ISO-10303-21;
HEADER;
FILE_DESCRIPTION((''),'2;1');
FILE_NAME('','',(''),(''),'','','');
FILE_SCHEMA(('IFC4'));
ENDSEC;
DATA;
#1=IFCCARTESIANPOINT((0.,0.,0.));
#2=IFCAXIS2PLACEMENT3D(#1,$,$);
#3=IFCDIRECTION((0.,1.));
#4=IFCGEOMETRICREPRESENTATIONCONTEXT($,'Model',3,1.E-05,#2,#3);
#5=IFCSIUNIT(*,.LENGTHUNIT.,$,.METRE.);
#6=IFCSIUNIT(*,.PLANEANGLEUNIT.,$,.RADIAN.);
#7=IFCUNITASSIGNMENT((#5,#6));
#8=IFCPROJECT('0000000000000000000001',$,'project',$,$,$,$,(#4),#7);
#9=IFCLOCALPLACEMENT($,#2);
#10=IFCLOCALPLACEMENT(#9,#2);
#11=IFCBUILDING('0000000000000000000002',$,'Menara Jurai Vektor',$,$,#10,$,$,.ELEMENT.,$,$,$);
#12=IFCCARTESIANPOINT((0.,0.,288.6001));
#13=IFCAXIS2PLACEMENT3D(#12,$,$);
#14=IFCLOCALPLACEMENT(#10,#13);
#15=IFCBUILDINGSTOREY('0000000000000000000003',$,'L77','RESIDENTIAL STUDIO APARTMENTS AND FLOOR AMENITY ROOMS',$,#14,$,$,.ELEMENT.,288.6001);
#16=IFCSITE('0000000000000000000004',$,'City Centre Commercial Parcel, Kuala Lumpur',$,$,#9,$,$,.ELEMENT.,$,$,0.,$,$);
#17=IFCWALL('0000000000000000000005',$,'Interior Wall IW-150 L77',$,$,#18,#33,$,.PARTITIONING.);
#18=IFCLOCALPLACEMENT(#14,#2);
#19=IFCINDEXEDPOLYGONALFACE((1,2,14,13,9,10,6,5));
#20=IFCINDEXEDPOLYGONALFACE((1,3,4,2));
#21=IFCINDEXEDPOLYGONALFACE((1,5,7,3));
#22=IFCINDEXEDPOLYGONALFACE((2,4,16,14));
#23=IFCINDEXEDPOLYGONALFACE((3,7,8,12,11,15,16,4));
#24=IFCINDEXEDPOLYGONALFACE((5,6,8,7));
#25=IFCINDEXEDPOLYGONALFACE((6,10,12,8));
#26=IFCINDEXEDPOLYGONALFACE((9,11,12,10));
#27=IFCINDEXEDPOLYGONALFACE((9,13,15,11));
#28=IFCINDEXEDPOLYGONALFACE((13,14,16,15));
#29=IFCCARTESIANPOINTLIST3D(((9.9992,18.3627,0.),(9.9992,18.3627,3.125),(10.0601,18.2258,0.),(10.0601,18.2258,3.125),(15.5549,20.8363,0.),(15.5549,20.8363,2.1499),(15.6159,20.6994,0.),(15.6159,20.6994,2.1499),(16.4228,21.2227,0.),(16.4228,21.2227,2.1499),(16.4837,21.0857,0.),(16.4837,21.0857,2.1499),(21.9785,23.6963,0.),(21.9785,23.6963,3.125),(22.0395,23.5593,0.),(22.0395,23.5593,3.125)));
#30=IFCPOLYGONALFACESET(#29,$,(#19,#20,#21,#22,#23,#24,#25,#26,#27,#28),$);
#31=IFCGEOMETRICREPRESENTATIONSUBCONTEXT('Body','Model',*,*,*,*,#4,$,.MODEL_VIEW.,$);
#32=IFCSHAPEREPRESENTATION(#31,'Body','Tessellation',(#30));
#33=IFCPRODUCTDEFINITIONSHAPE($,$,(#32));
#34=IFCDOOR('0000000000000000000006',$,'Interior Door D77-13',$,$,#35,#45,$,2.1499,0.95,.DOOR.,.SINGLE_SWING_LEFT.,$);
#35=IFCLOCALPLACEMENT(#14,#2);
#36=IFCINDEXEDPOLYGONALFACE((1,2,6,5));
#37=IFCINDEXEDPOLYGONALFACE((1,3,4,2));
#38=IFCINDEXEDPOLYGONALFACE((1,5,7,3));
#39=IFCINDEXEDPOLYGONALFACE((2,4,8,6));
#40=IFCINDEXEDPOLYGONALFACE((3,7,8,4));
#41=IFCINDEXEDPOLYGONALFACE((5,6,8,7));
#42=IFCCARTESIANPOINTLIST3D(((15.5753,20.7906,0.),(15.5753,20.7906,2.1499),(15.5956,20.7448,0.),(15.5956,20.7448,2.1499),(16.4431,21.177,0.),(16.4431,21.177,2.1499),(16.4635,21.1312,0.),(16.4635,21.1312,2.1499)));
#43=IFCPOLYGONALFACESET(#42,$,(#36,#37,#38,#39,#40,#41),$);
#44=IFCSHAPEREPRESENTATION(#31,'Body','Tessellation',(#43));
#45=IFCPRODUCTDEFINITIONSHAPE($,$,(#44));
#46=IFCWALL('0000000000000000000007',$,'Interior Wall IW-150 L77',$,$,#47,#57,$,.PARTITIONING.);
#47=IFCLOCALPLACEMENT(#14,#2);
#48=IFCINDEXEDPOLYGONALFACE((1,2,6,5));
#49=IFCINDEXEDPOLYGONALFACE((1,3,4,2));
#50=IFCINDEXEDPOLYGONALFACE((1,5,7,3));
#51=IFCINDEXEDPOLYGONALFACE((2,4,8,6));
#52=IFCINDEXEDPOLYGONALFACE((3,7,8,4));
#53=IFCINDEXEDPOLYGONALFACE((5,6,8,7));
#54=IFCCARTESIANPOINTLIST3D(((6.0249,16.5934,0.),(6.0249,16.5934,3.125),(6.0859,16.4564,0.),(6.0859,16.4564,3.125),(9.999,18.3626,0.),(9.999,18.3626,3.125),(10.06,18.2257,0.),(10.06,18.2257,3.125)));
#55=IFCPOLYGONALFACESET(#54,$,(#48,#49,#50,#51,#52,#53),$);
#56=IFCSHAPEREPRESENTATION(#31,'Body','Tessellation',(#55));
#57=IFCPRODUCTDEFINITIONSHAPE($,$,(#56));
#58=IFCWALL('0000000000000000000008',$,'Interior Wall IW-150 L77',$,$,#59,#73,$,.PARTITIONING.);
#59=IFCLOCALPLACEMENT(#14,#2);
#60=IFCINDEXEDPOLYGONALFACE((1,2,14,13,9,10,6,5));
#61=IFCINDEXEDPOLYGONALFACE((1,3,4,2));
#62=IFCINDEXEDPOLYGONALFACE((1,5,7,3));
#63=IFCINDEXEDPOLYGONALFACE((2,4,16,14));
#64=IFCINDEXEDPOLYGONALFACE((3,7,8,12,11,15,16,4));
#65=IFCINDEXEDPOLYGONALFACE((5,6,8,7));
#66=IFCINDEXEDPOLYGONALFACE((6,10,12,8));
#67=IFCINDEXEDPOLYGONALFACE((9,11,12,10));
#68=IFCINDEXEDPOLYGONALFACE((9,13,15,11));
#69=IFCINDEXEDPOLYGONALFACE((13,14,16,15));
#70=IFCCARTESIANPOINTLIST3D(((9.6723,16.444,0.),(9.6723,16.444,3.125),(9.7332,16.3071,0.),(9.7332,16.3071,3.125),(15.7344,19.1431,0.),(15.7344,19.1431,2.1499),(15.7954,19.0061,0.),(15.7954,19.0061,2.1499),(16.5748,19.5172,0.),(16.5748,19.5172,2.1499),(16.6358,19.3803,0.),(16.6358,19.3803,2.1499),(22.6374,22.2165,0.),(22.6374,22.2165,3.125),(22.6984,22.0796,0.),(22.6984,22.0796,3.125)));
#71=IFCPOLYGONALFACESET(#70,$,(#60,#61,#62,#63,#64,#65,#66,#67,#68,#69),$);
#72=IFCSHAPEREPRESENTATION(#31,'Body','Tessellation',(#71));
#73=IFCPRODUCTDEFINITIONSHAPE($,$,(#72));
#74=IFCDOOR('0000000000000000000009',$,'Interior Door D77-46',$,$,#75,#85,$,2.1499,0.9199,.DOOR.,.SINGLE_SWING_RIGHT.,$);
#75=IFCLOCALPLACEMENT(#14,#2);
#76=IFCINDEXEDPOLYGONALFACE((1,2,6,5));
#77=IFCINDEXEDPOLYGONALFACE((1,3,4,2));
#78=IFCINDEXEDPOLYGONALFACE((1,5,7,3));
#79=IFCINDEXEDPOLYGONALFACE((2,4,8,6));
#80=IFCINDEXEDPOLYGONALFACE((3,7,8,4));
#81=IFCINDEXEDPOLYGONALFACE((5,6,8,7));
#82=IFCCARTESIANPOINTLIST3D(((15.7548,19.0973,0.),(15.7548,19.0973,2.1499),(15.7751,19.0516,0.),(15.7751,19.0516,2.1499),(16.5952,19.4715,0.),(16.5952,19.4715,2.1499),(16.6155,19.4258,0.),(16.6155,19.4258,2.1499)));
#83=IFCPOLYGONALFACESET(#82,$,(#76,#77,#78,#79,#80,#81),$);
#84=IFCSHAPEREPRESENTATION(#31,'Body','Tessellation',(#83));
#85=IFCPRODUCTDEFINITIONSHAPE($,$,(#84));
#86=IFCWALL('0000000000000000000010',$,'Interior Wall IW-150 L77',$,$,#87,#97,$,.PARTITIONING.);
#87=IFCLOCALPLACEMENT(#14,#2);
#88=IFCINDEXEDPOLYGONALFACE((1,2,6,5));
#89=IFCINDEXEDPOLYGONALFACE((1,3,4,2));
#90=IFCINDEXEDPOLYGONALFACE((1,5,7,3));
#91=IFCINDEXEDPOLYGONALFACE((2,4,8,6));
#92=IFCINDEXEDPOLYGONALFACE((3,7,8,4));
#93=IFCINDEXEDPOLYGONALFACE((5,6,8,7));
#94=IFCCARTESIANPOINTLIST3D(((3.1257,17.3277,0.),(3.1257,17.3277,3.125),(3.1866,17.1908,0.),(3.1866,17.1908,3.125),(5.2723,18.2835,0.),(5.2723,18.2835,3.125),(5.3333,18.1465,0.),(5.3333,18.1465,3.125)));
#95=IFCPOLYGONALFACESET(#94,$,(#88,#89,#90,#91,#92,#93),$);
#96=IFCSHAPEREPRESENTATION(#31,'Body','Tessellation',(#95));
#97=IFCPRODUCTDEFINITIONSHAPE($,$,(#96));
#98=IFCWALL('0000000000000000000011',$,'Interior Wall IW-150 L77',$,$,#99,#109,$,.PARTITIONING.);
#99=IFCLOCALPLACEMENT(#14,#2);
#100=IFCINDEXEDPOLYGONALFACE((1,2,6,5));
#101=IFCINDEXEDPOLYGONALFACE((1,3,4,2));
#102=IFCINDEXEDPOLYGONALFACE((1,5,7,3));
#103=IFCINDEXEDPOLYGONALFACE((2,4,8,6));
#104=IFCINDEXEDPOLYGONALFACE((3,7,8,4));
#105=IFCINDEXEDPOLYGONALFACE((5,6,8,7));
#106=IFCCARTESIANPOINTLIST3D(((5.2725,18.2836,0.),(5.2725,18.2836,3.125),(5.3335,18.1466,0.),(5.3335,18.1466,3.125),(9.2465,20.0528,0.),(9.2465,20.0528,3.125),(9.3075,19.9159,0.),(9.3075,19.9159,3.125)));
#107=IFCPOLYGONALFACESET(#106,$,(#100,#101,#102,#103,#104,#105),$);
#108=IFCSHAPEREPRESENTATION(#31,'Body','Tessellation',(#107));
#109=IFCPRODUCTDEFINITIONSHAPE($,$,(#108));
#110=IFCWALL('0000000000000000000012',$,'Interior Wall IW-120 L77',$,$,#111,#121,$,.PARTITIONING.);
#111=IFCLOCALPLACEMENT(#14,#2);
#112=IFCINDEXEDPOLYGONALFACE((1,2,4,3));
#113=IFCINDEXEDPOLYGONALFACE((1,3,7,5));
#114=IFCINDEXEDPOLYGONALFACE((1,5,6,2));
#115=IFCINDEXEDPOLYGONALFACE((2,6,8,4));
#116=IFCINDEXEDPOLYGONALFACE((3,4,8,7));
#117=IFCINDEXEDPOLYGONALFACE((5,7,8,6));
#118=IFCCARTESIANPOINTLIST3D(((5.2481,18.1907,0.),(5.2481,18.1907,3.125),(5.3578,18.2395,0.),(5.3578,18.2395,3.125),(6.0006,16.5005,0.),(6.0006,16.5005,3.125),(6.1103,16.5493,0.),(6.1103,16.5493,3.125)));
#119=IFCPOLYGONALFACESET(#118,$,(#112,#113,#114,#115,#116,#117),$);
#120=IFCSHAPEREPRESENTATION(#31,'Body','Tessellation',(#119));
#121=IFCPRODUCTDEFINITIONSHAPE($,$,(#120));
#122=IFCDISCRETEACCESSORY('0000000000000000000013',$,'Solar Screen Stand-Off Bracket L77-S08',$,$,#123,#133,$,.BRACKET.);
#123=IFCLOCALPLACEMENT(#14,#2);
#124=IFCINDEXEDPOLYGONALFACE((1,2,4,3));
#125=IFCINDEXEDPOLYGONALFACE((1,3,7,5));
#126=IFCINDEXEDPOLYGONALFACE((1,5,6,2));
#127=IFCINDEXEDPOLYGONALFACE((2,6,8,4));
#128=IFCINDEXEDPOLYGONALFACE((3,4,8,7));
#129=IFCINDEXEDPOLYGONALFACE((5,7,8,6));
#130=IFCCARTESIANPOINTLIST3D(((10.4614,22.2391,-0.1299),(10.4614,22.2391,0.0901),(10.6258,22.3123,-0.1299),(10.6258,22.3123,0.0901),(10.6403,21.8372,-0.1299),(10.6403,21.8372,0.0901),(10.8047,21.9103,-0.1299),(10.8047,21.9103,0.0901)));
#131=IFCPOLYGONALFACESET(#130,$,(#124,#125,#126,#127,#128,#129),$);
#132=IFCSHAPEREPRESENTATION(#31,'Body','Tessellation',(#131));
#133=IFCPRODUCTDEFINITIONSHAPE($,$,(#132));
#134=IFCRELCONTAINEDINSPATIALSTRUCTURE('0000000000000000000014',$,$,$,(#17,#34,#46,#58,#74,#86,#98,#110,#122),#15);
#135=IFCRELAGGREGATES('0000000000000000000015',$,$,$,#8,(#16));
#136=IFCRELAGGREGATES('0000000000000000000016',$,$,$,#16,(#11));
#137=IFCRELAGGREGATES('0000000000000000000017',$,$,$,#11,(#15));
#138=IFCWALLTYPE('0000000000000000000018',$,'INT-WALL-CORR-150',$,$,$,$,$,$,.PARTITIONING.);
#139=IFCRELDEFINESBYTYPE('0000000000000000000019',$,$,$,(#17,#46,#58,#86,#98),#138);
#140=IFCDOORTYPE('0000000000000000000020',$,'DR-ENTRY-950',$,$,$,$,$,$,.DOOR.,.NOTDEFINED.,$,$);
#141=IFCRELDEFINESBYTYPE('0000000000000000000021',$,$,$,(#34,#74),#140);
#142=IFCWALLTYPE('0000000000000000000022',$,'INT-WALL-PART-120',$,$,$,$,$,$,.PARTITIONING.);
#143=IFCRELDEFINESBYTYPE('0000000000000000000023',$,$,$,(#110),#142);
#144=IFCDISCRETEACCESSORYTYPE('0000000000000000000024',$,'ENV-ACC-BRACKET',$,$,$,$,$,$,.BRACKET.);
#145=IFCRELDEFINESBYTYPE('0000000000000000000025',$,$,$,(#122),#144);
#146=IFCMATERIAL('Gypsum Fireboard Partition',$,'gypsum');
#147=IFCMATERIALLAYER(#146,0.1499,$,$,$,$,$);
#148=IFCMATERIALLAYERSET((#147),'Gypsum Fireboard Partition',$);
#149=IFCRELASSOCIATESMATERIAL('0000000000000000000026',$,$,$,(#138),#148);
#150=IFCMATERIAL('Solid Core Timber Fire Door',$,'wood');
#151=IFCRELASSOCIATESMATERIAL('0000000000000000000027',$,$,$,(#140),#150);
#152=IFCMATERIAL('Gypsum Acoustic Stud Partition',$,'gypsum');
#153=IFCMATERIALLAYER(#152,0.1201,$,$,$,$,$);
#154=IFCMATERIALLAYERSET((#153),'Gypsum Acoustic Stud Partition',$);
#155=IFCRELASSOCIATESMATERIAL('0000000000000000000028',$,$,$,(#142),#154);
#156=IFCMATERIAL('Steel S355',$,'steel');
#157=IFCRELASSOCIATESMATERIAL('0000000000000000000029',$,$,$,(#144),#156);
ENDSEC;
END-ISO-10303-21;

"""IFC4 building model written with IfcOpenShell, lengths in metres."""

from ifc_helpers import new_model, si_unit, direction, frame, frame_2d, origin, origin_2d, place, context, subcontext, project, spatial, rectangle, extrude, material, layer, layer_set, type_object, element, fill, save


model = new_model("IFC4")

# Units and contexts
model_context = context("Model", 3, precision=1e-05, world=origin(), true_north=direction((0.0, 1.0)))
body_context = subcontext(model_context, "Body", "Model", "MODEL_VIEW")
ifc_project = project(units=[si_unit("LENGTHUNIT", "METRE"), si_unit("PLANEANGLEUNIT", "RADIAN")], contexts=[model_context])

# Site, building, storey
site_placement = place(None, origin())
site = spatial("IfcSite", under=ifc_project, at=site_placement, Name="City Centre Commercial Parcel, Kuala Lumpur", CompositionType="ELEMENT", RefElevation=0.0)
building_placement = place(site_placement, origin())
building = spatial("IfcBuilding", under=site, at=building_placement, Name="Menara Jurai Vektor", CompositionType="ELEMENT")
storey_placement = place(building_placement, frame((0.0, 0.0, 288.6001)))
storey = spatial("IfcBuildingStorey", under=building, at=storey_placement, Name="L77", Description="RESIDENTIAL STUDIO APARTMENTS AND FLOOR AMENITY ROOMS", CompositionType="ELEMENT", Elevation=288.6001)

# Shared definitions
ifc_material_1 = material(Name="Steel S355", Category="steel")

# Wall, opening, door
ifc_material_2 = material(Name="Gypsum Fireboard Partition", Category="gypsum")
ifc_layer_1 = layer(ifc_material_2, 0.1499)
ifc_layer_set_1 = layer_set([ifc_layer_1], Name="Gypsum Fireboard Partition")
wall_type_1 = type_object("IfcWallType", Name="INT-WALL-CORR-150", PredefinedType="PARTITIONING", material=ifc_layer_set_1)
wall_1_placement = place(storey_placement, frame((10.0295, 18.2942, 0.0), z_axis=(0.0, 0.0, 1.0), x_axis=(0.913546, 0.406736, 0.0)))
wall_1 = element("IfcWall", 1, at=wall_1_placement, inside=storey, type_object=wall_type_1, Name="Interior Wall IW-150 L77", PredefinedType="PARTITIONING", context=body_context, shape_type="SweptSolid", body=[
    extrude(rectangle(XDim=13.113, YDim=0.1499, at=frame_2d((6.5566, 0.0))), origin(), (0.0, 0.0, 1.0), 3.125),
])
opening_1_placement = place(wall_1_placement, frame((6.0815, 0.0, 0.0)))
opening_1 = element("IfcOpeningElement", 2, at=opening_1_placement, cuts=wall_1, PredefinedType="OPENING", context=body_context, shape_type="SweptSolid", body=[
    extrude(rectangle(XDim=0.95, YDim=2.1499, at=frame_2d((0.4751, 1.075))), frame((0.0, 0.085, 0.0), z_axis=(0.0, -1.0, 0.0), x_axis=(1.0, 0.0, 0.0)), (0.0, 0.0, 1.0), 0.1699),
])
ifc_material_3 = material(Name="Solid Core Timber Fire Door", Category="wood")
door_type_1 = type_object("IfcDoorType", Name="DR-ENTRY-950", OperationType="NOTDEFINED", PredefinedType="DOOR", material=ifc_material_3)
door_1_placement = place(opening_1_placement, origin())
door_1 = element("IfcDoor", 3, at=door_1_placement, inside=storey, type_object=door_type_1, Name="Interior Door D77-13", OperationType="SINGLE_SWING_LEFT", OverallHeight=2.1499, OverallWidth=0.95, PredefinedType="DOOR", context=body_context, shape_type="SweptSolid", body=[
    extrude(rectangle(XDim=0.95, YDim=2.1499, at=frame_2d((0.4751, 1.075))), frame((0.0, 0.0249, 0.0), z_axis=(0.0, -1.0, 0.0), x_axis=(1.0, 0.0, 0.0)), (0.0, 0.0, 1.0), 0.05),
])
fill(opening_1, door_1)

# Wall
wall_2_placement = place(storey_placement, frame((6.0554, 16.5249, 0.0), z_axis=(0.0, 0.0, 1.0), x_axis=(0.913554, 0.406716, 0.0)))
element("IfcWall", 4, at=wall_2_placement, inside=storey, type_object=wall_type_1, Name="Interior Wall IW-150 L77", PredefinedType="PARTITIONING", context=body_context, shape_type="SweptSolid", body=[
    extrude(rectangle(XDim=4.3501, YDim=0.1499, at=frame_2d((2.175, 0.0))), origin(), (0.0, 0.0, 1.0), 3.125),
])

# Wall, opening, door
wall_3_placement = place(storey_placement, frame((9.7026, 16.3755, 0.0), z_axis=(0.0, 0.0, 1.0), x_axis=(0.913545, 0.406739, 0.0)))
wall_3 = element("IfcWall", 5, at=wall_3_placement, inside=storey, type_object=wall_type_1, Name="Interior Wall IW-150 L77", PredefinedType="PARTITIONING", context=body_context, shape_type="SweptSolid", body=[
    extrude(rectangle(XDim=14.1921, YDim=0.1499, at=frame_2d((7.0962, 0.0))), origin(), (0.0, 0.0, 1.0), 3.125),
])
opening_2_placement = place(wall_3_placement, frame((6.636, 0.0, 0.0)))
opening_2 = element("IfcOpeningElement", 6, at=opening_2_placement, cuts=wall_3, PredefinedType="OPENING", context=body_context, shape_type="SweptSolid", body=[
    extrude(rectangle(XDim=0.9199, YDim=2.1499, at=frame_2d((0.46, 1.075))), frame((0.0, 0.085, 0.0), z_axis=(0.0, -1.0, 0.0), x_axis=(1.0, 0.0, 0.0)), (0.0, 0.0, 1.0), 0.1699),
])
door_2_placement = place(opening_2_placement, origin())
door_2 = element("IfcDoor", 7, at=door_2_placement, inside=storey, type_object=door_type_1, Name="Interior Door D77-46", OperationType="SINGLE_SWING_RIGHT", OverallHeight=2.1499, OverallWidth=0.9199, PredefinedType="DOOR", context=body_context, shape_type="SweptSolid", body=[
    extrude(rectangle(XDim=0.9199, YDim=2.1499, at=frame_2d((0.46, 1.075))), frame((0.0, 0.0249, 0.0), z_axis=(0.0, -1.0, 0.0), x_axis=(1.0, 0.0, 0.0)), (0.0, 0.0, 1.0), 0.05),
])
fill(opening_2, door_2)

# Walls
wall_4_placement = place(storey_placement, frame((3.1562, 17.2593, 0.0), z_axis=(0.0, 0.0, 1.0), x_axis=(0.913541, 0.406746, 0.0)))
element("IfcWall", 8, at=wall_4_placement, inside=storey, type_object=wall_type_1, Name="Interior Wall IW-150 L77", PredefinedType="PARTITIONING", context=body_context, shape_type="SweptSolid", body=[
    extrude(rectangle(XDim=2.3499, YDim=0.1499, at=frame_2d((1.1748, 0.0))), origin(), (0.0, 0.0, 1.0), 3.125),
])
wall_5_placement = place(storey_placement, frame((5.303, 18.2151, 0.0), z_axis=(0.0, 0.0, 1.0), x_axis=(0.913554, 0.406716, 0.0)))
element("IfcWall", 9, at=wall_5_placement, inside=storey, type_object=wall_type_1, Name="Interior Wall IW-150 L77", PredefinedType="PARTITIONING", context=body_context, shape_type="SweptSolid", body=[
    extrude(rectangle(XDim=4.3501, YDim=0.1499, at=frame_2d((2.175, 0.0))), origin(), (0.0, 0.0, 1.0), 3.125),
])

# Wall
ifc_material_4 = material(Name="Gypsum Acoustic Stud Partition", Category="gypsum")
ifc_layer_2 = layer(ifc_material_4, 0.1201)
ifc_layer_set_2 = layer_set([ifc_layer_2], Name="Gypsum Acoustic Stud Partition")
wall_type_2 = type_object("IfcWallType", Name="INT-WALL-PART-120", PredefinedType="PARTITIONING", material=ifc_layer_set_2)
wall_6_placement = place(storey_placement, frame((6.0554, 16.5249, 0.0), z_axis=(0.0, 0.0, 1.0), x_axis=(-0.406702, 0.913561, 0.0)))
element("IfcWall", 10, at=wall_6_placement, inside=storey, type_object=wall_type_2, Name="Interior Wall IW-120 L77", PredefinedType="PARTITIONING", context=body_context, shape_type="SweptSolid", body=[
    extrude(rectangle(XDim=1.8501, YDim=0.1201, at=frame_2d((0.925, 0.0))), origin(), (0.0, 0.0, 1.0), 3.125),
])

# Discrete accessory
discrete_accessory_type = type_object("IfcDiscreteAccessoryType", Name="ENV-ACC-BRACKET", PredefinedType="BRACKET", material=ifc_material_1)
discrete_accessory_placement = place(storey_placement, frame((10.6331, 22.0747, -0.1299), z_axis=(0.0, 0.0, 1.0), x_axis=(-0.913545, -0.406737, 0.0)))
element("IfcDiscreteAccessory", 11, at=discrete_accessory_placement, inside=storey, type_object=discrete_accessory_type, Name="Solar Screen Stand-Off Bracket L77-S08", PredefinedType="BRACKET", context=body_context, shape_type="SweptSolid", body=[
    extrude(rectangle(XDim=0.1799, YDim=0.4399, at=origin_2d()), origin(), (0.0, 0.0, 1.0), 0.22),
])

save(model, "model.ifc")
